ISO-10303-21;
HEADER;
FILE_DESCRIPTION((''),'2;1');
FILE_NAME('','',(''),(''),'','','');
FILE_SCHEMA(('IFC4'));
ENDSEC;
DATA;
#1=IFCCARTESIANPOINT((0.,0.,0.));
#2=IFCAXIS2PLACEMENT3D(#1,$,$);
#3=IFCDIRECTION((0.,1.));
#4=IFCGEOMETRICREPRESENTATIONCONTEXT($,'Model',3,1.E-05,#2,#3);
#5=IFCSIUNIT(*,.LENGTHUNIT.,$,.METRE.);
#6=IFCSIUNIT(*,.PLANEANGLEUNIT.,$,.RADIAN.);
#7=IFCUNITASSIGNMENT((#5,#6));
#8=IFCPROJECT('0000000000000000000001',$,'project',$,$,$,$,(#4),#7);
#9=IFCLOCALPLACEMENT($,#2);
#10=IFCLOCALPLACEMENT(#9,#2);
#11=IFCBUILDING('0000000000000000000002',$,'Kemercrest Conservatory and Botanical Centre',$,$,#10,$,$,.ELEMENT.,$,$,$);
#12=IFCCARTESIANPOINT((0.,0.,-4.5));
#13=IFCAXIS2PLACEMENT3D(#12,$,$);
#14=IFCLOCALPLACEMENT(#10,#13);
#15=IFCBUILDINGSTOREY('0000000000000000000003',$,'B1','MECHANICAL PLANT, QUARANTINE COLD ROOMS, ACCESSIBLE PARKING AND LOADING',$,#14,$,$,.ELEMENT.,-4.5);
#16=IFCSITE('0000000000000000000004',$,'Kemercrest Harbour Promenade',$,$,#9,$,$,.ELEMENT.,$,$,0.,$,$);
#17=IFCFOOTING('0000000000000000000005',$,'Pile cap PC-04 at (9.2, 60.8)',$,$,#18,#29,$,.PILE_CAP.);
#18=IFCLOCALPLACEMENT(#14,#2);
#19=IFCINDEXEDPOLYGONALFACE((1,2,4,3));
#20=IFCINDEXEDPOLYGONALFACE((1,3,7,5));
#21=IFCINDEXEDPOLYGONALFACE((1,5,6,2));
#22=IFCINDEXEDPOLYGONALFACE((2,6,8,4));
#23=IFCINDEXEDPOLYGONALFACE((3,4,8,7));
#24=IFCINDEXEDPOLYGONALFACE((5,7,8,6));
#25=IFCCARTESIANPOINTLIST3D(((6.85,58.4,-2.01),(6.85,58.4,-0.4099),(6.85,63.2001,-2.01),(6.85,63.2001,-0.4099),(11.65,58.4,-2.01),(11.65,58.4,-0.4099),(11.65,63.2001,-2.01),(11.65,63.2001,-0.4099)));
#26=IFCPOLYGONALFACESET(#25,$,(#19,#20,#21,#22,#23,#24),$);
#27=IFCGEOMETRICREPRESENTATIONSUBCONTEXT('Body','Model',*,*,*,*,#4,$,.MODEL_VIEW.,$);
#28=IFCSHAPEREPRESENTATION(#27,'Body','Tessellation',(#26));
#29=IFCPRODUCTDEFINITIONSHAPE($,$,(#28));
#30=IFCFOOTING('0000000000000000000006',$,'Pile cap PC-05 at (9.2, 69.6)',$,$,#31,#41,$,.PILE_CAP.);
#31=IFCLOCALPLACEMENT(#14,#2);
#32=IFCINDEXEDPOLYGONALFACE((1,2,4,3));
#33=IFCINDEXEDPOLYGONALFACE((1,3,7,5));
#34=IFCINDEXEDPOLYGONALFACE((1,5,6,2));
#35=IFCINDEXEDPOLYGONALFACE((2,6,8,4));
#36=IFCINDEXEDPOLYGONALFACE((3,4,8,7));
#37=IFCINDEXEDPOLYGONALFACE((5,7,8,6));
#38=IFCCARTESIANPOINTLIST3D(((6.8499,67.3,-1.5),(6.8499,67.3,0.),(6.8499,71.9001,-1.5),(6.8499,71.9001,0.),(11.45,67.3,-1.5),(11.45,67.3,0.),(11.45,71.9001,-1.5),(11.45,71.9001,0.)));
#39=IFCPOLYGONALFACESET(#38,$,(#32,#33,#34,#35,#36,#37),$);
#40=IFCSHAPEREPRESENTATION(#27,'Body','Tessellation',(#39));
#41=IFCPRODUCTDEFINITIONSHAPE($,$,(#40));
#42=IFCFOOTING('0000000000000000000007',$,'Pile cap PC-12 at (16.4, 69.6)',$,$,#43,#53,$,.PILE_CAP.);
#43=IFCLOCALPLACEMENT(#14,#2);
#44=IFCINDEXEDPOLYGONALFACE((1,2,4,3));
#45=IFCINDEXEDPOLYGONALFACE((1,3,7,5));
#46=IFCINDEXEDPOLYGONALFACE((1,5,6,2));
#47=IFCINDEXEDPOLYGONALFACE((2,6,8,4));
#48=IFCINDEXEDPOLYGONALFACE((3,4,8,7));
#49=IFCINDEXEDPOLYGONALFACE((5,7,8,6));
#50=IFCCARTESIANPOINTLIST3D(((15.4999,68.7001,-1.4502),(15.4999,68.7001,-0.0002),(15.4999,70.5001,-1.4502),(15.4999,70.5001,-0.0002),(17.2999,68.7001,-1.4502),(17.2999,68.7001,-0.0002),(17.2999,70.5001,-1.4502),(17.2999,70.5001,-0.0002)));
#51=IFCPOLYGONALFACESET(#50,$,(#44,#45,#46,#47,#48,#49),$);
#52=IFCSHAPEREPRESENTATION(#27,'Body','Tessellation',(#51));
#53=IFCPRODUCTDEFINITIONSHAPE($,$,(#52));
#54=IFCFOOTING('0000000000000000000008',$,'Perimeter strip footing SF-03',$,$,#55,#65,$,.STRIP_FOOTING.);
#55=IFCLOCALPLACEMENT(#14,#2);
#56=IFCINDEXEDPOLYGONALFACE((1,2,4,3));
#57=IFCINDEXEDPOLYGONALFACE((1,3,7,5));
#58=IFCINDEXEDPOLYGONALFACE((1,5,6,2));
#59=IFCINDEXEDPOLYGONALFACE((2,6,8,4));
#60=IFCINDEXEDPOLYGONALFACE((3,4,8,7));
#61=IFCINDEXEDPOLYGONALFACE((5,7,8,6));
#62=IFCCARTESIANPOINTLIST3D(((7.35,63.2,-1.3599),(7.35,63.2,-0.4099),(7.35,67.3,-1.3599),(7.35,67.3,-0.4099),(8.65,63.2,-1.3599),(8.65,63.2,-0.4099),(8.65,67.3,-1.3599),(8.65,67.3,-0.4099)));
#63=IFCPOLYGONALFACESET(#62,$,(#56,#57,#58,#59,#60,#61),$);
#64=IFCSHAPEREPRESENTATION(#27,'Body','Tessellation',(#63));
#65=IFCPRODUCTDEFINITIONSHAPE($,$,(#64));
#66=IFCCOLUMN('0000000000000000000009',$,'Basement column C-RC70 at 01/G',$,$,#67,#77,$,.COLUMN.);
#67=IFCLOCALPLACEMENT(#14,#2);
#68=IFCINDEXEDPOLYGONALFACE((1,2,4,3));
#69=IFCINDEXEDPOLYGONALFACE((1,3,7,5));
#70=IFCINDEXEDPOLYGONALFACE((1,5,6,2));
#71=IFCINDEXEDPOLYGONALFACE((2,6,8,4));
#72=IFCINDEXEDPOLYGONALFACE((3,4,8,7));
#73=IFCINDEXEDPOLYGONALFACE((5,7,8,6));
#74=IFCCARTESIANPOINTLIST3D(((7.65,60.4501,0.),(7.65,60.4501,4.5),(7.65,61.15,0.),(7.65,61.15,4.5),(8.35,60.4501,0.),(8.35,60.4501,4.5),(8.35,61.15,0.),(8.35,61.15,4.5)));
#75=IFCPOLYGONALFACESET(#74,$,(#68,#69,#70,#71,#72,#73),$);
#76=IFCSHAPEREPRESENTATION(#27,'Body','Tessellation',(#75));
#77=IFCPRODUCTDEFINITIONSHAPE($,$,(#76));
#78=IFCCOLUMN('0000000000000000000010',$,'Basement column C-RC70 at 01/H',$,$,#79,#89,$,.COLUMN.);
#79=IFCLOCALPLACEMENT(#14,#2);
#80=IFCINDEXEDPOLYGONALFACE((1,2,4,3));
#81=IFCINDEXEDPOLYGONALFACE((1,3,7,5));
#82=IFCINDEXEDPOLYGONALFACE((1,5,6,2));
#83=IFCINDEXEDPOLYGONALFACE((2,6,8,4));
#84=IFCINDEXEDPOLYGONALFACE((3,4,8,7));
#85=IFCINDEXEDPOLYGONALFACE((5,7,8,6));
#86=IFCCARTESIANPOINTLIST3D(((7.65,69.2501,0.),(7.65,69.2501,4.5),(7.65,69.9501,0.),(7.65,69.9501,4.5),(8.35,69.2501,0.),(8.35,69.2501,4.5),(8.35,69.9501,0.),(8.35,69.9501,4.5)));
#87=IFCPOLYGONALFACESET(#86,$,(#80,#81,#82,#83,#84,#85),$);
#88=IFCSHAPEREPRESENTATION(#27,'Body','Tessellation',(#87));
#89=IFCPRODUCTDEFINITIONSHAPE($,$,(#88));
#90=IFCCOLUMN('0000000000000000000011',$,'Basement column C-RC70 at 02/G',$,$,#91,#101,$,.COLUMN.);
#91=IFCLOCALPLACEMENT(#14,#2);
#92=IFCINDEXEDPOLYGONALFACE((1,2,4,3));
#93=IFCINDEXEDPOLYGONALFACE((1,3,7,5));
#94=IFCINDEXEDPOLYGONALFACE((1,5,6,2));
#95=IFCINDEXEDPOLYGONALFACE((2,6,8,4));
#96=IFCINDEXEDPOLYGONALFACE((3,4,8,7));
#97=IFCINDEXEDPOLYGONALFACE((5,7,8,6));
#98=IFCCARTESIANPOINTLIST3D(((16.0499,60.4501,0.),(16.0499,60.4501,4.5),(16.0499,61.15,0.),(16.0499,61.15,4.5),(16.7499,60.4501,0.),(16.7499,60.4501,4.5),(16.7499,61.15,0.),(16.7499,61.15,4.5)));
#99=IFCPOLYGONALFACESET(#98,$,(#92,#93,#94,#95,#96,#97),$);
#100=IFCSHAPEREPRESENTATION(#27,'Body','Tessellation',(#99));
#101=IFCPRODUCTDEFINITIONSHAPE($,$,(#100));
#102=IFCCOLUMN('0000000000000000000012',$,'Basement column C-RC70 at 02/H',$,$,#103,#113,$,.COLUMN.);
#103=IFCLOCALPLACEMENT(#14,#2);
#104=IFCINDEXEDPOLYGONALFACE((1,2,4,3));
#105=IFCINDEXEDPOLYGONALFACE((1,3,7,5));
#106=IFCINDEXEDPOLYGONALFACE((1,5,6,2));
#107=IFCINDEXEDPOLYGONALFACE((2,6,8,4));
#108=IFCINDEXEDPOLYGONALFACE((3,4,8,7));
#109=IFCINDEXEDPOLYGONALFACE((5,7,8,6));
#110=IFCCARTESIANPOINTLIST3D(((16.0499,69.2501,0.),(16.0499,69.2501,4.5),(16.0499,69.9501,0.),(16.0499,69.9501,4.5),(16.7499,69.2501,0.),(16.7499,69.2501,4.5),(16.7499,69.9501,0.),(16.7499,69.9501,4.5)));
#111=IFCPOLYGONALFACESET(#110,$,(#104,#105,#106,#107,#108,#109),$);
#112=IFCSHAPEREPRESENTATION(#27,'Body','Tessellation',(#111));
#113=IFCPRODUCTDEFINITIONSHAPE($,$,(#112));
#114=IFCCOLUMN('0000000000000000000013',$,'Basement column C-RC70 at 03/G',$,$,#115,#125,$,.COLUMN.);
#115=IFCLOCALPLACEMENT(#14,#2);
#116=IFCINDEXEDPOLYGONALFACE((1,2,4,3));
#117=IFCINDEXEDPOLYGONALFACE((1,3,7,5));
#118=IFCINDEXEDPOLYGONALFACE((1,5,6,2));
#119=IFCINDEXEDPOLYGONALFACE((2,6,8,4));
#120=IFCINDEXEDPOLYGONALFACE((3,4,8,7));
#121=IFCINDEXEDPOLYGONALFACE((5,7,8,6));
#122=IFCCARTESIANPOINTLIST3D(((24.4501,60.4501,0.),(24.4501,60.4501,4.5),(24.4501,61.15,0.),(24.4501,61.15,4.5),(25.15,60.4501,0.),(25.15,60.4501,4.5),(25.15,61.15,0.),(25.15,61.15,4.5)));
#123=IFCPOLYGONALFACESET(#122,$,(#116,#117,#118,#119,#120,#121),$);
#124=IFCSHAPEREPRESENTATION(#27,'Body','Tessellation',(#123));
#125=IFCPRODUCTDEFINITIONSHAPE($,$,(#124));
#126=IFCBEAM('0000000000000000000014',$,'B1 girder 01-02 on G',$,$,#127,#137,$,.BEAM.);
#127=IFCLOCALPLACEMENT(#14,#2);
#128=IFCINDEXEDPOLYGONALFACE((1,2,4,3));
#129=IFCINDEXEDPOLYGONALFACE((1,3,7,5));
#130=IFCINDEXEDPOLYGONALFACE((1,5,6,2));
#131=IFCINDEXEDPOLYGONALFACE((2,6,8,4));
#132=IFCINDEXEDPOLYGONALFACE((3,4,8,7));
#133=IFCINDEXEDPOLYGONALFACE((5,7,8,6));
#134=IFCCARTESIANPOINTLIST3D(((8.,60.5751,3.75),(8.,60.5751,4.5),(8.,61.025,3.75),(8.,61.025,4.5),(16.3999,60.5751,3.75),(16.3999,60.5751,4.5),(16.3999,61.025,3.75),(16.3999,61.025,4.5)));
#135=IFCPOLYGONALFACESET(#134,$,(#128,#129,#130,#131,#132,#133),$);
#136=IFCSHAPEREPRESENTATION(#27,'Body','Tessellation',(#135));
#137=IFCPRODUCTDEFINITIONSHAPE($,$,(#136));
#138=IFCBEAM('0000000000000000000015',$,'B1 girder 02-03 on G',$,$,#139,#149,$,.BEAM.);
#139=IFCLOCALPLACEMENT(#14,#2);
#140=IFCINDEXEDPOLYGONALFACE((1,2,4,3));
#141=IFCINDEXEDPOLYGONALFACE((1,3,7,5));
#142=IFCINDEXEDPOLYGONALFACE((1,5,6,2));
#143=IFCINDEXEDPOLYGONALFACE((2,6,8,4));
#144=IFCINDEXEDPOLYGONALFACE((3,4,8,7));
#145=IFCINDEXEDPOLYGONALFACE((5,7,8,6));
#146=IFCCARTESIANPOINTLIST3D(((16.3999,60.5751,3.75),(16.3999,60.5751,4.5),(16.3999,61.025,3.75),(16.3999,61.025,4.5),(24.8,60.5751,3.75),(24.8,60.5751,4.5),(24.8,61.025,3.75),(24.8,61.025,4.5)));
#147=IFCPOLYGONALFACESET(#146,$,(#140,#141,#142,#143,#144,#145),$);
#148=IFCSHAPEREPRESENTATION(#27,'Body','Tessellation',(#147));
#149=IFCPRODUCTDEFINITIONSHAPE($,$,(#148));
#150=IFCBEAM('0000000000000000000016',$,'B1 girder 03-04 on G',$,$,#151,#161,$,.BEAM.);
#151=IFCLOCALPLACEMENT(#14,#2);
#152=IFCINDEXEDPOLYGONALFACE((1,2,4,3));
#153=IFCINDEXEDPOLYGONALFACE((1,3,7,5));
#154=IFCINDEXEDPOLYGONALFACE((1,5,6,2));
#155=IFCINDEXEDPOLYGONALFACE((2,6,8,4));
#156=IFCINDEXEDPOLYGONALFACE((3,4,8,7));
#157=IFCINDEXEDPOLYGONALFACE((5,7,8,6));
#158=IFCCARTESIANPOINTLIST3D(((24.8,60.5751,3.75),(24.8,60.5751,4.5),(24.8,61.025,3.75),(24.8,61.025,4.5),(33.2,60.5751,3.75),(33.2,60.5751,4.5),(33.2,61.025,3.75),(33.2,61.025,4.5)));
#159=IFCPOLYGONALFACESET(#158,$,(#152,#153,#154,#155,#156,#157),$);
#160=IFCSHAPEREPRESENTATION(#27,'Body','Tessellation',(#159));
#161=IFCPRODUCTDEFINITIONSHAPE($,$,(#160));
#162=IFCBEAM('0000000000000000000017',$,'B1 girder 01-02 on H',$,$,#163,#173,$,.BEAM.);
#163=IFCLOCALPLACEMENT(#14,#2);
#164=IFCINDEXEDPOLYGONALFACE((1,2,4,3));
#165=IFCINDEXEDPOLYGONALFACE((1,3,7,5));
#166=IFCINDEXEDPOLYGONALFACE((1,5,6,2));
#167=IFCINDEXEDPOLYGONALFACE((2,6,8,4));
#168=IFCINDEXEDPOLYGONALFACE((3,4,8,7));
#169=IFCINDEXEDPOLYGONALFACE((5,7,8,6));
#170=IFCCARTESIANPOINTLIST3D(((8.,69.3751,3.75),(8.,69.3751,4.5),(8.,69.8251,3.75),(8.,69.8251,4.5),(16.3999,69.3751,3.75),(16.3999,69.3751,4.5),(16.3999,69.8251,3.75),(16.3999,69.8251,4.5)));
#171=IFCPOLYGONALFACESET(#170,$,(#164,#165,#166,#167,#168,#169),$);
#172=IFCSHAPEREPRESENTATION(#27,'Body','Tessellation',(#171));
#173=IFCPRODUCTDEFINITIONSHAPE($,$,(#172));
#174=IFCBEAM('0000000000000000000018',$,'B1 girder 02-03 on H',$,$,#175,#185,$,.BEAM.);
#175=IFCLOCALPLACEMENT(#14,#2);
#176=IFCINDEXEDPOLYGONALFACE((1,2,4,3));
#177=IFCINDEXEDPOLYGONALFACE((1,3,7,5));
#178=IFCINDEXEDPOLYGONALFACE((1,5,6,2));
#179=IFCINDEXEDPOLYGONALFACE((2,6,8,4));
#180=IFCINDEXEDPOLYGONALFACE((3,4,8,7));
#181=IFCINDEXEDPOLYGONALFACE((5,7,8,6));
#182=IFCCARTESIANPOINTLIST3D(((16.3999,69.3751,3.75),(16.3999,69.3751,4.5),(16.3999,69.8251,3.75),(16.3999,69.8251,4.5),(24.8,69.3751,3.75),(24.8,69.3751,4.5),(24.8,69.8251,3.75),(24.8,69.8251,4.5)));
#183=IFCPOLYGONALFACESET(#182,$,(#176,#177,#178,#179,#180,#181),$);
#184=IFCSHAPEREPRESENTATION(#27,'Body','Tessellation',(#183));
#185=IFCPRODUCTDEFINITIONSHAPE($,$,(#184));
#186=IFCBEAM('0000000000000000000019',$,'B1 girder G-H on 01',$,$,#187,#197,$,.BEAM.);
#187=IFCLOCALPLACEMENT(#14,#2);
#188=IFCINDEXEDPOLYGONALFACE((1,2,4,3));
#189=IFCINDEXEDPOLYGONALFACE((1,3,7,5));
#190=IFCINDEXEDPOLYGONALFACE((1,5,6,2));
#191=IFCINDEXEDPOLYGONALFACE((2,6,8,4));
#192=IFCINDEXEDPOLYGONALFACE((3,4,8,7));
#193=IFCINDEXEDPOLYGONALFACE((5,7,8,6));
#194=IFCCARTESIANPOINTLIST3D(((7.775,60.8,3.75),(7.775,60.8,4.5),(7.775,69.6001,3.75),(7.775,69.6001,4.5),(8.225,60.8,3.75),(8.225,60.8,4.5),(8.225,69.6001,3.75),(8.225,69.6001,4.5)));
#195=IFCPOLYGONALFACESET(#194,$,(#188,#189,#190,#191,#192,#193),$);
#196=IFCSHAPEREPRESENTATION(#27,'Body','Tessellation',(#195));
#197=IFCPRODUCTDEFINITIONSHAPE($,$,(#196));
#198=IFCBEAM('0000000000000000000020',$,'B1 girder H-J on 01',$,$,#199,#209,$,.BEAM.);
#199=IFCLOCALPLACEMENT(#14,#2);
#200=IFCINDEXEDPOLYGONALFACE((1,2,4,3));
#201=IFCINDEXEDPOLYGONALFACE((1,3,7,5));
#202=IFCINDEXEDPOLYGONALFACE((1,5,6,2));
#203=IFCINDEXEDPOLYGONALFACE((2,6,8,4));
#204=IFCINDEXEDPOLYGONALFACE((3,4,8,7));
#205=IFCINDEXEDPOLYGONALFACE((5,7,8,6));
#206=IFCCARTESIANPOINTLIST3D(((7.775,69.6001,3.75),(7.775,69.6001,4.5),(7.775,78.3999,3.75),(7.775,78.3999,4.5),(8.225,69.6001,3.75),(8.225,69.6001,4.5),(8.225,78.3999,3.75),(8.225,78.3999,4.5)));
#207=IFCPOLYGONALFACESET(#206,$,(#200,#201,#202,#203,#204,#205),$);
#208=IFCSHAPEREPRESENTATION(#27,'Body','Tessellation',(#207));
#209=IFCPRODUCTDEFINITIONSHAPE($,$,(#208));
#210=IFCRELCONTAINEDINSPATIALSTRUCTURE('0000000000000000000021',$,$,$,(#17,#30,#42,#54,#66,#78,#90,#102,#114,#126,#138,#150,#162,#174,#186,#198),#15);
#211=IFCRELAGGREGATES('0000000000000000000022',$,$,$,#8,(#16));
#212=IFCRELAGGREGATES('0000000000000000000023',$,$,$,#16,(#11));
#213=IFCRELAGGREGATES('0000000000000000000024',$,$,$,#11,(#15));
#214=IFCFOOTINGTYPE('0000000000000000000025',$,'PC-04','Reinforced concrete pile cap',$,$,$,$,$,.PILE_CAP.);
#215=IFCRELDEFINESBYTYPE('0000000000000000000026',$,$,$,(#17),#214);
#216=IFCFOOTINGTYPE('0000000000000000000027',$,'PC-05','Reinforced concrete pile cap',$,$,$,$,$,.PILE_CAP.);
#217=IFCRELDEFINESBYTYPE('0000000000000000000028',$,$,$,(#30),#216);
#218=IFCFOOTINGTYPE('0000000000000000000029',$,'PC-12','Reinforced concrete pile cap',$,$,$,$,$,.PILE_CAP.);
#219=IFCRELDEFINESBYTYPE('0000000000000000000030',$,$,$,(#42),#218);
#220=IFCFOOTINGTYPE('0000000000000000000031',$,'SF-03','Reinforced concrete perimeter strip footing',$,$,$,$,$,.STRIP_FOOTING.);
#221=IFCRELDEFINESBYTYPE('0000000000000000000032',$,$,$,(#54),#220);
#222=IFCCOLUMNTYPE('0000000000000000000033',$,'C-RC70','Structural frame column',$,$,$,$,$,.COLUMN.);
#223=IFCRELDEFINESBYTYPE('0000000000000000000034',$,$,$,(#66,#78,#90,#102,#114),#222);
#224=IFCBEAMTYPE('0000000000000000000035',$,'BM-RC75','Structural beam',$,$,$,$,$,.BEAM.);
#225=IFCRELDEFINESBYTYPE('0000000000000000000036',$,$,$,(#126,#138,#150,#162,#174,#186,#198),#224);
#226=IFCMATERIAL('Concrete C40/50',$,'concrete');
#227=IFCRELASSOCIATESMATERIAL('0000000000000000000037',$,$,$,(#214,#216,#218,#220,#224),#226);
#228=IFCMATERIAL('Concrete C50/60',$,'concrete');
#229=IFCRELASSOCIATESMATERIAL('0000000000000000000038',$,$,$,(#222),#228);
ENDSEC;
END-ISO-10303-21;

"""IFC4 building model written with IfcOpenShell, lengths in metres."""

from ifc_helpers import new_model, si_unit, direction, frame, origin, origin_2d, place, context, subcontext, project, spatial, rectangle, extrude, material, material_profile, profile_set, type_object, element, save


model = new_model("IFC4")

# Units and contexts
model_context = context("Model", 3, precision=1e-05, world=origin(), true_north=direction((0.0, 1.0)))
body_context = subcontext(model_context, "Body", "Model", "MODEL_VIEW")
ifc_project = project(units=[si_unit("LENGTHUNIT", "METRE"), si_unit("PLANEANGLEUNIT", "RADIAN")], contexts=[model_context])

# Site, building, storey
site_placement = place(None, origin())
site = spatial("IfcSite", under=ifc_project, at=site_placement, Name="Kemercrest Harbour Promenade", CompositionType="ELEMENT", RefElevation=0.0)
building_placement = place(site_placement, origin())
building = spatial("IfcBuilding", under=site, at=building_placement, Name="Kemercrest Conservatory and Botanical Centre", CompositionType="ELEMENT")
storey_placement = place(building_placement, frame((0.0, 0.0, -4.5)))
storey = spatial("IfcBuildingStorey", under=building, at=storey_placement, Name="B1", Description="MECHANICAL PLANT, QUARANTINE COLD ROOMS, ACCESSIBLE PARKING AND LOADING", CompositionType="ELEMENT", Elevation=-4.5)

# Shared definitions
ifc_material_1 = material(Name="Concrete C40/50", Category="concrete")

# Footings
footing_type_1 = type_object("IfcFootingType", Name="PC-04", Description="Reinforced concrete pile cap", PredefinedType="PILE_CAP", material=ifc_material_1)
footing_1_placement = place(storey_placement, frame((9.25, 60.8, -2.01), z_axis=(0.0, 0.0, 1.0), x_axis=(1.0, 0.0, 0.0)))
element("IfcFooting", 1, at=footing_1_placement, inside=storey, type_object=footing_type_1, Name="Pile cap PC-04 at (9.2, 60.8)", PredefinedType="PILE_CAP", context=body_context, shape_type="SweptSolid", body=[
    extrude(rectangle(XDim=4.8, YDim=4.8, at=origin_2d()), origin(), (0.0, 0.0, 1.0), 1.6001),
])
footing_type_2 = type_object("IfcFootingType", Name="PC-05", Description="Reinforced concrete pile cap", PredefinedType="PILE_CAP", material=ifc_material_1)
footing_2_placement = place(storey_placement, frame((9.1499, 69.6001, -1.5), z_axis=(0.0, 0.0, 1.0), x_axis=(1.0, 0.0, 0.0)))
element("IfcFooting", 2, at=footing_2_placement, inside=storey, type_object=footing_type_2, Name="Pile cap PC-05 at (9.2, 69.6)", PredefinedType="PILE_CAP", context=body_context, shape_type="SweptSolid", body=[
    extrude(rectangle(XDim=4.6001, YDim=4.6001, at=origin_2d()), origin(), (0.0, 0.0, 1.0), 1.5),
])
footing_type_3 = type_object("IfcFootingType", Name="PC-12", Description="Reinforced concrete pile cap", PredefinedType="PILE_CAP", material=ifc_material_1)
footing_3_placement = place(storey_placement, frame((16.3999, 69.6001, -1.4502), z_axis=(0.0, 0.0, 1.0), x_axis=(1.0, 0.0, 0.0)))
element("IfcFooting", 3, at=footing_3_placement, inside=storey, type_object=footing_type_3, Name="Pile cap PC-12 at (16.4, 69.6)", PredefinedType="PILE_CAP", context=body_context, shape_type="SweptSolid", body=[
    extrude(rectangle(XDim=1.8, YDim=1.8, at=origin_2d()), origin(), (0.0, 0.0, 1.0), 1.45),
])
footing_type_4 = type_object("IfcFootingType", Name="SF-03", Description="Reinforced concrete perimeter strip footing", PredefinedType="STRIP_FOOTING", material=ifc_material_1)
footing_4_placement = place(storey_placement, frame((8.0, 65.25, -1.3599), z_axis=(0.0, 0.0, 1.0), x_axis=(1.0, 0.0, 0.0)))
element("IfcFooting", 4, at=footing_4_placement, inside=storey, type_object=footing_type_4, Name="Perimeter strip footing SF-03", PredefinedType="STRIP_FOOTING", context=body_context, shape_type="SweptSolid", body=[
    extrude(rectangle(XDim=1.3, YDim=4.1001, at=origin_2d()), origin(), (0.0, 0.0, 1.0), 0.95),
])

# Columns
ifc_material_2 = material(Name="Concrete C50/60", Category="concrete")
ifc_material_profile_1 = material_profile(ifc_material_2, rectangle(XDim=0.7, YDim=0.7, at=origin_2d()), Name="RC 700x700")
ifc_profile_set_1 = profile_set([ifc_material_profile_1], Name="Concrete C50/60")
column_type = type_object("IfcColumnType", Name="C-RC70", Description="Structural frame column", PredefinedType="COLUMN", material=ifc_profile_set_1)
for number, where, z_axis, x_axis, name in (
    (5, (8.0, 60.8, 0.0), (0.0, 0.0, 1.0), (1.0, 0.0, 0.0), "Basement column C-RC70 at 01/G"),
    (6, (8.0, 69.6001, 0.0), (0.0, 0.0, 1.0), (1.0, 0.0, 0.0), "Basement column C-RC70 at 01/H"),
    (7, (16.3999, 60.8, 0.0), (0.0, 0.0, 1.0), (1.0, 0.0, 0.0), "Basement column C-RC70 at 02/G"),
    (8, (16.3999, 69.6001, 0.0), (0.0, 0.0, 1.0), (1.0, 0.0, 0.0), "Basement column C-RC70 at 02/H"),
    (9, (24.8, 60.8, 0.0), (0.0, 0.0, 1.0), (1.0, 0.0, 0.0), "Basement column C-RC70 at 03/G"),
):
    element("IfcColumn", number, at=place(storey_placement, frame(where, z_axis=z_axis, x_axis=x_axis)), inside=storey, type_object=column_type, Name=name, PredefinedType="COLUMN", context=body_context, shape_type="SweptSolid", body=[
        extrude(rectangle(XDim=0.7, YDim=0.7, at=origin_2d()), origin(), (0.0, 0.0, 1.0), 4.5),
    ])

# Beams
ifc_material_profile_2 = material_profile(ifc_material_1, rectangle(XDim=0.45, YDim=0.75, at=origin_2d()), Name="RC 450x750")
ifc_profile_set_2 = profile_set([ifc_material_profile_2], Name="Concrete C40/50")
beam_type = type_object("IfcBeamType", Name="BM-RC75", Description="Structural beam", PredefinedType="BEAM", material=ifc_profile_set_2)
beam_1_placement = place(storey_placement, frame((8.0, 60.8, 4.125), z_axis=(1.0, 0.0, 0.0), x_axis=(0.0, 1.0, 0.0)))
element("IfcBeam", 10, at=beam_1_placement, inside=storey, type_object=beam_type, Name="B1 girder 01-02 on G", PredefinedType="BEAM", context=body_context, shape_type="SweptSolid", body=[
    extrude(rectangle(XDim=0.45, YDim=0.75, at=origin_2d()), origin(), (0.0, 0.0, 1.0), 8.3999),
])
beam_2_placement = place(storey_placement, frame((16.3999, 60.8, 4.125), z_axis=(1.0, 0.0, 0.0), x_axis=(0.0, 1.0, 0.0)))
element("IfcBeam", 11, at=beam_2_placement, inside=storey, type_object=beam_type, Name="B1 girder 02-03 on G", PredefinedType="BEAM", context=body_context, shape_type="SweptSolid", body=[
    extrude(rectangle(XDim=0.45, YDim=0.75, at=origin_2d()), origin(), (0.0, 0.0, 1.0), 8.4001),
])
for number, where, z_axis, x_axis, name in (
    (12, (24.8, 60.8, 4.125), (1.0, 0.0, 0.0), (0.0, 1.0, 0.0), "B1 girder 03-04 on G"),
    (13, (8.0, 69.6001, 4.125), (1.0, 0.0, 0.0), (0.0, 1.0, 0.0), "B1 girder 01-02 on H"),
):
    element("IfcBeam", number, at=place(storey_placement, frame(where, z_axis=z_axis, x_axis=x_axis)), inside=storey, type_object=beam_type, Name=name, PredefinedType="BEAM", context=body_context, shape_type="SweptSolid", body=[
        extrude(rectangle(XDim=0.45, YDim=0.75, at=origin_2d()), origin(), (0.0, 0.0, 1.0), 8.3999),
    ])
beam_3_placement = place(storey_placement, frame((16.3999, 69.6001, 4.125), z_axis=(1.0, 0.0, 0.0), x_axis=(0.0, 1.0, 0.0)))
element("IfcBeam", 14, at=beam_3_placement, inside=storey, type_object=beam_type, Name="B1 girder 02-03 on H", PredefinedType="BEAM", context=body_context, shape_type="SweptSolid", body=[
    extrude(rectangle(XDim=0.45, YDim=0.75, at=origin_2d()), origin(), (0.0, 0.0, 1.0), 8.4001),
])
beam_4_placement = place(storey_placement, frame((8.0, 60.8, 4.125), z_axis=(0.0, 1.0, 0.0), x_axis=(-1.0, 0.0, 0.0)))
element("IfcBeam", 15, at=beam_4_placement, inside=storey, type_object=beam_type, Name="B1 girder G-H on 01", PredefinedType="BEAM", context=body_context, shape_type="SweptSolid", body=[
    extrude(rectangle(XDim=0.45, YDim=0.75, at=origin_2d()), origin(), (0.0, 0.0, 1.0), 8.8),
])
beam_5_placement = place(storey_placement, frame((8.0, 69.6001, 4.125), z_axis=(0.0, 1.0, 0.0), x_axis=(-1.0, 0.0, 0.0)))
element("IfcBeam", 16, at=beam_5_placement, inside=storey, type_object=beam_type, Name="B1 girder H-J on 01", PredefinedType="BEAM", context=body_context, shape_type="SweptSolid", body=[
    extrude(rectangle(XDim=0.45, YDim=0.75, at=origin_2d()), origin(), (0.0, 0.0, 1.0), 8.7998),
])

save(model, "model.ifc")
